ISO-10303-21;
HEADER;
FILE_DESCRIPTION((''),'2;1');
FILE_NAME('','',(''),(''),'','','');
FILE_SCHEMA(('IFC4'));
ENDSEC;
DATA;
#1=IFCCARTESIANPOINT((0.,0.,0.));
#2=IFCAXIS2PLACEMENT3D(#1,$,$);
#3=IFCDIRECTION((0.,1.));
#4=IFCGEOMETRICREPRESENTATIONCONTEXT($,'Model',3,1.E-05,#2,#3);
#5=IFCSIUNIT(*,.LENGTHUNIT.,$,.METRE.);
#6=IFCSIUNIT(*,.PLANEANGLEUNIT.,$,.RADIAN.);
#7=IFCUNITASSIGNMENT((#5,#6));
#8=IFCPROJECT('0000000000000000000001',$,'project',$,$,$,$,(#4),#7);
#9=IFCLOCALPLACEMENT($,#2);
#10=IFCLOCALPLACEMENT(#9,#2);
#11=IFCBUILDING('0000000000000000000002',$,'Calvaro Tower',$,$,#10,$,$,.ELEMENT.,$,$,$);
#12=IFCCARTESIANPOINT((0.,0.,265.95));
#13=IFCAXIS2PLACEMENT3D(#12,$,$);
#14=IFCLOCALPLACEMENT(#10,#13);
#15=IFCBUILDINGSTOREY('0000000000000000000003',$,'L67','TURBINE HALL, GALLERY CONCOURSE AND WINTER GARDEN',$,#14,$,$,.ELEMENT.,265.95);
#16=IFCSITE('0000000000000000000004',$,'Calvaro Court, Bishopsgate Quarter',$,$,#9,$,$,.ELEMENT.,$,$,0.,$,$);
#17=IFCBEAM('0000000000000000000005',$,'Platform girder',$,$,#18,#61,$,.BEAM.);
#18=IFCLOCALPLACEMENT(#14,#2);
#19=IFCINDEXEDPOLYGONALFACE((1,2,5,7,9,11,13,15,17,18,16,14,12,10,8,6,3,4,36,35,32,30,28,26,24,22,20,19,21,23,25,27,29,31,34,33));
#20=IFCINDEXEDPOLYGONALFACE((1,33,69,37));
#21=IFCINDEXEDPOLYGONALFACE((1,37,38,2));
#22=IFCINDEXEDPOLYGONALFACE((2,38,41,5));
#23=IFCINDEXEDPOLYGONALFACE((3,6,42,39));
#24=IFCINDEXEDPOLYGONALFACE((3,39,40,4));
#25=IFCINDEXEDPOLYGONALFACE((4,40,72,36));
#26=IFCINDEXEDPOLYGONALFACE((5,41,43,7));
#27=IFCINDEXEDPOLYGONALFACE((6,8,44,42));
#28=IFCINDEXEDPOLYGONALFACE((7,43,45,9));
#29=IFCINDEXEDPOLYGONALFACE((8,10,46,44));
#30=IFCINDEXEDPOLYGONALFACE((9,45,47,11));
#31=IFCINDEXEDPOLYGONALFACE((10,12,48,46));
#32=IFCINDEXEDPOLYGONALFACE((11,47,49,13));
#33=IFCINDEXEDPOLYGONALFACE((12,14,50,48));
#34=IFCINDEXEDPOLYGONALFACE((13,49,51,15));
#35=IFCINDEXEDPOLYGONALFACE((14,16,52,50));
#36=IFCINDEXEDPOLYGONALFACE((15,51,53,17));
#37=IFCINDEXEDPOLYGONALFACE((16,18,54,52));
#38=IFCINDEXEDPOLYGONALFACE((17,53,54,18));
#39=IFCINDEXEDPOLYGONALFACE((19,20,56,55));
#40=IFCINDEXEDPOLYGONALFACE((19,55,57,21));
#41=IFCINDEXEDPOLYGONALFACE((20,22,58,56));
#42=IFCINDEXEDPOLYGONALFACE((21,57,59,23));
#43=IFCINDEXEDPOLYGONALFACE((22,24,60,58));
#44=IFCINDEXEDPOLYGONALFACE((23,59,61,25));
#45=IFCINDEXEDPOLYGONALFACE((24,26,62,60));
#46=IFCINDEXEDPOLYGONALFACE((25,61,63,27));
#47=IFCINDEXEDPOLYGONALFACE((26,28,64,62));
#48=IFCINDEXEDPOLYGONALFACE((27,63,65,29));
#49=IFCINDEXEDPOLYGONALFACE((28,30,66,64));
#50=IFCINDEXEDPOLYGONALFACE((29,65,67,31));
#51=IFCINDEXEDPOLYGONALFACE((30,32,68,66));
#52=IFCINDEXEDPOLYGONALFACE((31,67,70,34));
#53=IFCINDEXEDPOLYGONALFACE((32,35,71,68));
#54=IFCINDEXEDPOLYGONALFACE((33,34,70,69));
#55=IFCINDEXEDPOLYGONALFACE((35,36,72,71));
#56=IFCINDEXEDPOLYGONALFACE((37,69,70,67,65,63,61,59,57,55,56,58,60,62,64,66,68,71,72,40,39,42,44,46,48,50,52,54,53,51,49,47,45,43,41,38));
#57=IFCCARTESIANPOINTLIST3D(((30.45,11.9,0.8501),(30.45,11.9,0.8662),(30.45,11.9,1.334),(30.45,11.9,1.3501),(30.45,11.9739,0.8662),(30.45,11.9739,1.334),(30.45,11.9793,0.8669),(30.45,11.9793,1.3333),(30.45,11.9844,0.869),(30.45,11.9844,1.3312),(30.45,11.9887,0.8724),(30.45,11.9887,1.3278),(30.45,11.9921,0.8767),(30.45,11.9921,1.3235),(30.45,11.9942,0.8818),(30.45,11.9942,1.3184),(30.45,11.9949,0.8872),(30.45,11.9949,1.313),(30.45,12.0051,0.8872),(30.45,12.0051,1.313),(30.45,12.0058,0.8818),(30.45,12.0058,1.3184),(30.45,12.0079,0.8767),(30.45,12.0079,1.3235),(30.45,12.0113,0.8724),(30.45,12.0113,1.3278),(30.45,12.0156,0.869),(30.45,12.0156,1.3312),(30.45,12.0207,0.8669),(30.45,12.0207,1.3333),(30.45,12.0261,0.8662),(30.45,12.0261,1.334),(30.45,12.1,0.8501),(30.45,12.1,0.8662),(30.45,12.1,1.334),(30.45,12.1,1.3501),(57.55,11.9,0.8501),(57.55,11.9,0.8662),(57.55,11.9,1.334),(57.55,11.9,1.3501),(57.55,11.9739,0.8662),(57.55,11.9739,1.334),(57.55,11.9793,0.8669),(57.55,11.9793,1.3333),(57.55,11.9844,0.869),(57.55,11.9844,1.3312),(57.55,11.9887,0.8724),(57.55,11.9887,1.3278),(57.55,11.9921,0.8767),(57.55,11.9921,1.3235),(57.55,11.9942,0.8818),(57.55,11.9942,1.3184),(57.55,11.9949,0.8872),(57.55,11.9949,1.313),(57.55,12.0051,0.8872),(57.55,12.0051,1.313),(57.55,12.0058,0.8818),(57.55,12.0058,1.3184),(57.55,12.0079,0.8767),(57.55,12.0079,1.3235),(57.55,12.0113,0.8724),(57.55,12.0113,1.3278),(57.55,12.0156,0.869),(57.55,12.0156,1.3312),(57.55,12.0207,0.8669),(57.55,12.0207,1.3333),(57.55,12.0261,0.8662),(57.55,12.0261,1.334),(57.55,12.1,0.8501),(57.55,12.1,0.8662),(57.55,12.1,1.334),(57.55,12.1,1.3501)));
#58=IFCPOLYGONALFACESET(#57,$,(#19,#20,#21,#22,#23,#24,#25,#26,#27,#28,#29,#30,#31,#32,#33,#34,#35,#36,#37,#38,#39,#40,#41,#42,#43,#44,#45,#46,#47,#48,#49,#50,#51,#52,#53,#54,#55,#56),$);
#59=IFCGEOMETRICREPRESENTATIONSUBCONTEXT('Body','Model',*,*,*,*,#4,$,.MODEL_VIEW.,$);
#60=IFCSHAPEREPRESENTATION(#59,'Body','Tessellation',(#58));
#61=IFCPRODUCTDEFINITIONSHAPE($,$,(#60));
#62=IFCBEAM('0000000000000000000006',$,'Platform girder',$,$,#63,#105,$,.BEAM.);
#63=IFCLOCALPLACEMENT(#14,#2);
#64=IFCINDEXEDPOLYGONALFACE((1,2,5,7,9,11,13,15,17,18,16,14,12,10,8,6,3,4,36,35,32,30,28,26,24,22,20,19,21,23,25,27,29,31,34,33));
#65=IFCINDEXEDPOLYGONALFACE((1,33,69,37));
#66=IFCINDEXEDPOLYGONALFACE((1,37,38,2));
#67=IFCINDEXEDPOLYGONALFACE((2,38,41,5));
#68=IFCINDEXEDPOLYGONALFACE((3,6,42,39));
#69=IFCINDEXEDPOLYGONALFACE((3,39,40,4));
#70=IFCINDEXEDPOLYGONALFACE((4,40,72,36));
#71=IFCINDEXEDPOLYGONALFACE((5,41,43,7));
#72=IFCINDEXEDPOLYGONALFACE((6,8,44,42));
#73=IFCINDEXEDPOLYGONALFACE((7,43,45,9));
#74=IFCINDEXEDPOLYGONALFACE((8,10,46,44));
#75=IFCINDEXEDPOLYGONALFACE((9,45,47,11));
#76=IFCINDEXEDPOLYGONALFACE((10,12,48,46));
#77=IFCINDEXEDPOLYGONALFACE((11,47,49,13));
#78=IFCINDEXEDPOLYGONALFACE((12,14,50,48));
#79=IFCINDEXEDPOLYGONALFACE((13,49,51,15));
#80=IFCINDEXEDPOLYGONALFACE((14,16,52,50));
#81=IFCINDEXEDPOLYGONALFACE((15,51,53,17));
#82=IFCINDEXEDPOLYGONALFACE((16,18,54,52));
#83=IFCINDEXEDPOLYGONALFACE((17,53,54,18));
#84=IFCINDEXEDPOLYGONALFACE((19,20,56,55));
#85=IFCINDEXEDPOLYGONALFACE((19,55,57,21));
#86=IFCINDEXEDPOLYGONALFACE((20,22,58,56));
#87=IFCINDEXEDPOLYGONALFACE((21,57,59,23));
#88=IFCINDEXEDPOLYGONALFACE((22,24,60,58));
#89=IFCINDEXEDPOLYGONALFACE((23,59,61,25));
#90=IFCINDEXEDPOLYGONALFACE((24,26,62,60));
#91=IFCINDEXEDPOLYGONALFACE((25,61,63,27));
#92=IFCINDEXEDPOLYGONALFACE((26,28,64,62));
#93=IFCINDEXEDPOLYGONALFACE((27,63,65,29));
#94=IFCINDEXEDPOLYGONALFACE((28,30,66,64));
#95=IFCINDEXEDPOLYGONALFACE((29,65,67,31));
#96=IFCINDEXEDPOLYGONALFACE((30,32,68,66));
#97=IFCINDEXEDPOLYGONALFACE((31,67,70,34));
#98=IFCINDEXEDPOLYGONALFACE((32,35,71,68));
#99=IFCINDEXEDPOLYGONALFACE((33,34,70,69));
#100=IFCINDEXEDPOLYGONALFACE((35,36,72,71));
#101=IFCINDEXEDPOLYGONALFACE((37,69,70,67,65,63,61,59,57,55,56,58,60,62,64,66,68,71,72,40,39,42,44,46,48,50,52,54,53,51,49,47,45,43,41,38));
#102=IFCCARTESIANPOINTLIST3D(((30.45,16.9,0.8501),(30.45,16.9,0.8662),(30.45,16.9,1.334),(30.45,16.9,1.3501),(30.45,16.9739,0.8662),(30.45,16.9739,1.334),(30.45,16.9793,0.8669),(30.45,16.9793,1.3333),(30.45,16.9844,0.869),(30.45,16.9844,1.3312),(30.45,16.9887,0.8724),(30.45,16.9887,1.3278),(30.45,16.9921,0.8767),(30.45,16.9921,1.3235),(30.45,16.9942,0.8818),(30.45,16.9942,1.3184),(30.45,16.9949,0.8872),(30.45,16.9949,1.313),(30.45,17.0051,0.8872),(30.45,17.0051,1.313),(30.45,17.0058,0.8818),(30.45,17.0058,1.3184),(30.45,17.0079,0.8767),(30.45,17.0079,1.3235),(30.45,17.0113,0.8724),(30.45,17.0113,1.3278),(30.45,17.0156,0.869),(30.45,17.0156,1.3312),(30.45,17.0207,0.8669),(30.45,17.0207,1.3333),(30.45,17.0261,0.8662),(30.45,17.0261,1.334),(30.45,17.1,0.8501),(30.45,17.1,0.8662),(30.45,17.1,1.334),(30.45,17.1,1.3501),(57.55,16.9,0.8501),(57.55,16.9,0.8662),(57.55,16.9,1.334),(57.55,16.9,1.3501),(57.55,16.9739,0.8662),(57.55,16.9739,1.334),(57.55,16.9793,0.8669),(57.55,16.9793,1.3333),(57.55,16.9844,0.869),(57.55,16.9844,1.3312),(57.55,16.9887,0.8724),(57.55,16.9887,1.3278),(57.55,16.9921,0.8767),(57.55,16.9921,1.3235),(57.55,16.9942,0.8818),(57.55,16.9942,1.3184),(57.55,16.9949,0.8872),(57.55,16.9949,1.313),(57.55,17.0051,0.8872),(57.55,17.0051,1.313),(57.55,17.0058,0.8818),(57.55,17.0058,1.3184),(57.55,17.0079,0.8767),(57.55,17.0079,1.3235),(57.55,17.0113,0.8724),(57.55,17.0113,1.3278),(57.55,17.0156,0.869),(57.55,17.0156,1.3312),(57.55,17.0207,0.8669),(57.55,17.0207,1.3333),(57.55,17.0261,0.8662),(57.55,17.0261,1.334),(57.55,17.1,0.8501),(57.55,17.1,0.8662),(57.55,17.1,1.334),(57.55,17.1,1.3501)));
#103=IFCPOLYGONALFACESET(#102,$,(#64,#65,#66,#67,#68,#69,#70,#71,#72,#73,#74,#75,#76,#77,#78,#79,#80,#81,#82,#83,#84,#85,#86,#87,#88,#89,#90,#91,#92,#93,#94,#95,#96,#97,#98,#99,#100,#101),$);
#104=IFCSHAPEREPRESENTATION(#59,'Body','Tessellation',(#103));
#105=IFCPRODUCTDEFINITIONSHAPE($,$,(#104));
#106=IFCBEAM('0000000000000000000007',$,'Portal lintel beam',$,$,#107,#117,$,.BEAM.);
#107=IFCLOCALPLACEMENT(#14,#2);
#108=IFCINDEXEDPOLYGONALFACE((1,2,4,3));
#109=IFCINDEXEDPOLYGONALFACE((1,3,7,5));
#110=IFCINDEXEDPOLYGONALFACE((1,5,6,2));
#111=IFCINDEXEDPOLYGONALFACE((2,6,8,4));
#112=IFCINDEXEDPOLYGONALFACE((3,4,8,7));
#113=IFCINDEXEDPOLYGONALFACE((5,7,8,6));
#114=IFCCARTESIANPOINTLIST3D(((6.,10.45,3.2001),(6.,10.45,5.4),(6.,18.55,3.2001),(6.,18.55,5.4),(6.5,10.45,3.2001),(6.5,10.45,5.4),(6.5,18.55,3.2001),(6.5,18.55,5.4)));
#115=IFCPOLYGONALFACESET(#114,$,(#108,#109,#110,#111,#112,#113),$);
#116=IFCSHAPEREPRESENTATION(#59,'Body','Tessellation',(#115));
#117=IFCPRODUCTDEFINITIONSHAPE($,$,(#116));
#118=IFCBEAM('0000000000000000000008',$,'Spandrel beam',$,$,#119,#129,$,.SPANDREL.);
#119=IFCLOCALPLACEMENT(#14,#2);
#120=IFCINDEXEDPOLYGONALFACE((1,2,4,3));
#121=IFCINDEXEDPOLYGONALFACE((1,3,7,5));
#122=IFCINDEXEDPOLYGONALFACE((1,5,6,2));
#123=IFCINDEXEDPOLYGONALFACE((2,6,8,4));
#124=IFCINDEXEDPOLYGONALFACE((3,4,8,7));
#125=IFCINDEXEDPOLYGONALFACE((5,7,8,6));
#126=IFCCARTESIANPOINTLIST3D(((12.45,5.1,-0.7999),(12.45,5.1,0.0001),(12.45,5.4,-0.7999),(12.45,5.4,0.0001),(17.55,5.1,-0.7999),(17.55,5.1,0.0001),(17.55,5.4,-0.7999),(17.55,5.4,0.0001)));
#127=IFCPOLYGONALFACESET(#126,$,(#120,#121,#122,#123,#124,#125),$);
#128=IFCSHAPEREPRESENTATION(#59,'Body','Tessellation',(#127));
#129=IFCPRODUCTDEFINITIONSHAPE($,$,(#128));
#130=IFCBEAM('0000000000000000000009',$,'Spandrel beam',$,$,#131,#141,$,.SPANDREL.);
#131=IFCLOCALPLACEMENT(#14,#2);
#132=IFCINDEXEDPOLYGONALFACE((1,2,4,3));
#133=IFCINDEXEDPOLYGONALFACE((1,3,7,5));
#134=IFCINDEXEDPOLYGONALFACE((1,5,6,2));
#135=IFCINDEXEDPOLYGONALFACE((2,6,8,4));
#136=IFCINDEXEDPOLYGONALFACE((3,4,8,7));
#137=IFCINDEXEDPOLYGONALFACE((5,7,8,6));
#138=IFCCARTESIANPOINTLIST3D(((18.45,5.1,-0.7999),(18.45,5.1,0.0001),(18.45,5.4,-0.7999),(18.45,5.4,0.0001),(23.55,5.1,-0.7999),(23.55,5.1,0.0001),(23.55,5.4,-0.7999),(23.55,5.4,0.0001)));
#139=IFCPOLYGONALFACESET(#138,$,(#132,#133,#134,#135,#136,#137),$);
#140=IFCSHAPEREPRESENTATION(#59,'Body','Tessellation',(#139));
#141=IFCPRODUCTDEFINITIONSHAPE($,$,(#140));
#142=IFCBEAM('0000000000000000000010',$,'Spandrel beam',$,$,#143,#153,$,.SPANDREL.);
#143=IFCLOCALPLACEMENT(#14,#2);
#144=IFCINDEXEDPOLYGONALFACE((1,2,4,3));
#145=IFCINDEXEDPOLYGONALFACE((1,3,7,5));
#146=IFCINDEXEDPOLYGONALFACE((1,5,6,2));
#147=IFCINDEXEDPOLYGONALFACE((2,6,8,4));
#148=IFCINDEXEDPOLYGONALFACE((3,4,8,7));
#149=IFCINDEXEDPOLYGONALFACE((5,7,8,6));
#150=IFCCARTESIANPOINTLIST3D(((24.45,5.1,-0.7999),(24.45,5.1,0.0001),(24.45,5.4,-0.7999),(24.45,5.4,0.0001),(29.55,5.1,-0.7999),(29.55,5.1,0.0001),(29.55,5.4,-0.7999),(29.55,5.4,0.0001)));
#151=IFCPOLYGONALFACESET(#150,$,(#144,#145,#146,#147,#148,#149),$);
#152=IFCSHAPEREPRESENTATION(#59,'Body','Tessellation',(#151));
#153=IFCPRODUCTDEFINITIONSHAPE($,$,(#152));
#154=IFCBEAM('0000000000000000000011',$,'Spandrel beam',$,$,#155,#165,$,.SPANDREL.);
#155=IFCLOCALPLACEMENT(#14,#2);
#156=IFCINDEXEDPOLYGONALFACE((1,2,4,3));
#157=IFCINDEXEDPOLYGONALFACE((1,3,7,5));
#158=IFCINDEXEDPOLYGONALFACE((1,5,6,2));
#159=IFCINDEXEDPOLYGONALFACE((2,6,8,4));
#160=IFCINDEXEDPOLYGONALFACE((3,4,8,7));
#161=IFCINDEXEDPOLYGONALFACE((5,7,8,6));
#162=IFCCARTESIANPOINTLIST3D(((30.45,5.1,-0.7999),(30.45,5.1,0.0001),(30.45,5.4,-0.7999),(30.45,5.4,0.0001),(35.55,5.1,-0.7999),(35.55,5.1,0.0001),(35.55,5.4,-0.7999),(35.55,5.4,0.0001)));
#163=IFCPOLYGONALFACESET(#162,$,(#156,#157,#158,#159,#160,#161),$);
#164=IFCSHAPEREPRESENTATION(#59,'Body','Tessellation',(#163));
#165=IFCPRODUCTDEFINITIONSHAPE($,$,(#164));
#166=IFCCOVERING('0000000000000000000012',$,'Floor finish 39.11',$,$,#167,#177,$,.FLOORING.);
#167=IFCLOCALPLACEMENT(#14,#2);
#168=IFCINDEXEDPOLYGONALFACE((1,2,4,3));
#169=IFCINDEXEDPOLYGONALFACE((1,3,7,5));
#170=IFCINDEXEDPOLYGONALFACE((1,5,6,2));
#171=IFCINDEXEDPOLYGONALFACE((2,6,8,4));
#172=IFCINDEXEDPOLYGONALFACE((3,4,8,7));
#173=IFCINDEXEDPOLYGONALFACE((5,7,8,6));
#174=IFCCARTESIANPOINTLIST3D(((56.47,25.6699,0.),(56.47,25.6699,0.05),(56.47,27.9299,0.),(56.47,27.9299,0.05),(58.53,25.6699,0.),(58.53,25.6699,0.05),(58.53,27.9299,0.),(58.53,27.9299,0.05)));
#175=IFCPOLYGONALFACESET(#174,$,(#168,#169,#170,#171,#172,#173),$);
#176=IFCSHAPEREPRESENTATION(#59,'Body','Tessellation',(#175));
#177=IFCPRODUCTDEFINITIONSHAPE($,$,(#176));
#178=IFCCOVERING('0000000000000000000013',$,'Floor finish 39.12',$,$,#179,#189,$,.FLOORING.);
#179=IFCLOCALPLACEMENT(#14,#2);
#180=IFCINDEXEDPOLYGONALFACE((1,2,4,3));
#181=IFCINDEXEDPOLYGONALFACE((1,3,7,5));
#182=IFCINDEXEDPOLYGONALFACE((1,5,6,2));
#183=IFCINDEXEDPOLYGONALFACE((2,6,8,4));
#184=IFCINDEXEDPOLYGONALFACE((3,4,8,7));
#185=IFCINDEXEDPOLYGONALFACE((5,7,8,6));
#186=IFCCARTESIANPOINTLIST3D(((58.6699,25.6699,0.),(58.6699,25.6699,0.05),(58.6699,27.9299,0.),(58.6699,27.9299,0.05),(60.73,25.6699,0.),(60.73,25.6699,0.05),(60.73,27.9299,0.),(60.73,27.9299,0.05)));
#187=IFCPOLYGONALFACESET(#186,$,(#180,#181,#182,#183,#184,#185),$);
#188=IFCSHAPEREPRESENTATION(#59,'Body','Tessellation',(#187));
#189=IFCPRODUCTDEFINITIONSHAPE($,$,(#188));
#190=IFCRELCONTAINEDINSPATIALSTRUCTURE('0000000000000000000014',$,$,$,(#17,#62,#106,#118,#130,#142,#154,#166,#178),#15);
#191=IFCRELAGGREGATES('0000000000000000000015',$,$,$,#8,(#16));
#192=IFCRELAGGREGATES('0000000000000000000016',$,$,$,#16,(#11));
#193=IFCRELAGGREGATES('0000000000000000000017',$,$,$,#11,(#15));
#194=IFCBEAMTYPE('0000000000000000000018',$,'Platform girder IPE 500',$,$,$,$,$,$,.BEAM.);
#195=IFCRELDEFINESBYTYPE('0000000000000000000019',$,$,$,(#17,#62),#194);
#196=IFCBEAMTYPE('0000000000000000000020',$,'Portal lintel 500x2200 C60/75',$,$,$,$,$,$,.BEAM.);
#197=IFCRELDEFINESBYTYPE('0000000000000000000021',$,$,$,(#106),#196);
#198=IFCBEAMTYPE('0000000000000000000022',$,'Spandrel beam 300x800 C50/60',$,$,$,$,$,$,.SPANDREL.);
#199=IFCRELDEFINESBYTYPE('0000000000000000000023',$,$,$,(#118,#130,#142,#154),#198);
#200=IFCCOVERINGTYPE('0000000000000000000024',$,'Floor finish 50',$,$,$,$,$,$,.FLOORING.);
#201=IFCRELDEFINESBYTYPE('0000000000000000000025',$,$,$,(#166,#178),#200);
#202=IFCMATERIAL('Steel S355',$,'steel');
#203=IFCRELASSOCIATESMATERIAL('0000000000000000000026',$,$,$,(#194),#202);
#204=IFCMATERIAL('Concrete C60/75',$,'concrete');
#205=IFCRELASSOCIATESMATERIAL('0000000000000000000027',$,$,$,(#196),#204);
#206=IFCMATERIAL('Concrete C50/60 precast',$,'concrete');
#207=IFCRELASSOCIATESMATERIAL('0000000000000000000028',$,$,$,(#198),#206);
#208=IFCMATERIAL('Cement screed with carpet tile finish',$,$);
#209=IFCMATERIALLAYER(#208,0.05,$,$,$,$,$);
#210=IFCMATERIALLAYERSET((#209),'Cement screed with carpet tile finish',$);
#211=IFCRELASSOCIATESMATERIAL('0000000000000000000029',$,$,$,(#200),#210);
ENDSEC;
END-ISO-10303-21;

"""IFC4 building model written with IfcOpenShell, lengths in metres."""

from ifc_helpers import new_model, si_unit, direction, frame, origin, origin_2d, place, context, subcontext, project, spatial, polyline, rectangle, i_section, outline, extrude, material, layer, layer_set, material_profile, profile_set, type_object, element, save


model = new_model("IFC4")

# Units and contexts
model_context = context("Model", 3, precision=1e-05, world=origin(), true_north=direction((0.0, 1.0)))
body_context = subcontext(model_context, "Body", "Model", "MODEL_VIEW")
ifc_project = project(units=[si_unit("LENGTHUNIT", "METRE"), si_unit("PLANEANGLEUNIT", "RADIAN")], contexts=[model_context])

# Site, building, storey
site_placement = place(None, origin())
site = spatial("IfcSite", under=ifc_project, at=site_placement, Name="Calvaro Court, Bishopsgate Quarter", CompositionType="ELEMENT", RefElevation=0.0)
building_placement = place(site_placement, origin())
building = spatial("IfcBuilding", under=site, at=building_placement, Name="Calvaro Tower", CompositionType="ELEMENT")
storey_placement = place(building_placement, frame((0.0, 0.0, 265.95)))
storey = spatial("IfcBuildingStorey", under=building, at=storey_placement, Name="L67", Description="TURBINE HALL, GALLERY CONCOURSE AND WINTER GARDEN", CompositionType="ELEMENT", Elevation=265.95)

# Beams
ifc_material_1 = material(Name="Steel S355", Category="steel")
ifc_material_profile_1 = material_profile(ifc_material_1, i_section(OverallWidth=0.2, OverallDepth=0.5, WebThickness=0.0103, FlangeThickness=0.0161, FilletRadius=0.021, at=origin_2d()), Name="IPE 500")
ifc_profile_set_1 = profile_set([ifc_material_profile_1], Name="Steel S355")
beam_type_1 = type_object("IfcBeamType", Name="Platform girder IPE 500", PredefinedType="BEAM", material=ifc_profile_set_1)
for number, where, z_axis, x_axis, name in (
    (1, (30.45, 12.0, 1.1001), (1.0, 0.0, 0.0), (0.0, 1.0, 0.0), "Platform girder"),
    (2, (30.45, 17.0, 1.1001), (1.0, 0.0, 0.0), (0.0, 1.0, 0.0), "Platform girder"),
):
    element("IfcBeam", number, at=place(storey_placement, frame(where, z_axis=z_axis, x_axis=x_axis)), inside=storey, type_object=beam_type_1, Name=name, PredefinedType="BEAM", context=body_context, shape_type="SweptSolid", body=[
        extrude(i_section(OverallWidth=0.2, OverallDepth=0.5, WebThickness=0.0103, FlangeThickness=0.0161, FilletRadius=0.021, at=origin_2d()), origin(), (0.0, 0.0, 1.0), 27.1001),
    ])
ifc_material_2 = material(Name="Concrete C60/75", Category="concrete")
ifc_material_profile_2 = material_profile(ifc_material_2, rectangle(XDim=0.5, YDim=2.2, at=origin_2d()), Name="RC 500x2200")
ifc_profile_set_2 = profile_set([ifc_material_profile_2], Name="Concrete C60/75")
beam_type_2 = type_object("IfcBeamType", Name="Portal lintel 500x2200 C60/75", PredefinedType="BEAM", material=ifc_profile_set_2)
beam_1_placement = place(storey_placement, frame((6.25, 10.45, 4.3), z_axis=(0.0, 1.0, 0.0), x_axis=(-1.0, 0.0, 0.0)))
element("IfcBeam", 3, at=beam_1_placement, inside=storey, type_object=beam_type_2, Name="Portal lintel beam", PredefinedType="BEAM", context=body_context, shape_type="SweptSolid", body=[
    extrude(rectangle(XDim=0.5, YDim=2.2, at=origin_2d()), origin(), (0.0, 0.0, 1.0), 8.1001),
])
ifc_material_3 = material(Name="Concrete C50/60 precast", Category="concrete")
ifc_material_profile_3 = material_profile(ifc_material_3, rectangle(XDim=0.3, YDim=0.8, at=origin_2d()), Name="RC 300x800")
ifc_profile_set_3 = profile_set([ifc_material_profile_3], Name="Concrete C50/60 precast")
beam_type_3 = type_object("IfcBeamType", Name="Spandrel beam 300x800 C50/60", PredefinedType="SPANDREL", material=ifc_profile_set_3)
for number, where, z_axis, x_axis, name in (
    (4, (12.45, 5.25, -0.3999), (1.0, 0.0, 0.0), (0.0, 1.0, 0.0), "Spandrel beam"),
    (5, (18.45, 5.25, -0.3999), (1.0, 0.0, 0.0), (0.0, 1.0, 0.0), "Spandrel beam"),
    (6, (24.45, 5.25, -0.3999), (1.0, 0.0, 0.0), (0.0, 1.0, 0.0), "Spandrel beam"),
    (7, (30.45, 5.25, -0.3999), (1.0, 0.0, 0.0), (0.0, 1.0, 0.0), "Spandrel beam"),
):
    element("IfcBeam", number, at=place(storey_placement, frame(where, z_axis=z_axis, x_axis=x_axis)), inside=storey, type_object=beam_type_3, Name=name, PredefinedType="SPANDREL", context=body_context, shape_type="SweptSolid", body=[
        extrude(rectangle(XDim=0.3, YDim=0.8, at=origin_2d()), origin(), (0.0, 0.0, 1.0), 5.1001),
    ])

# Coverings
ifc_material_4 = material(Name="Cement screed with carpet tile finish")
ifc_layer = layer(ifc_material_4, 0.05)
ifc_layer_set = layer_set([ifc_layer], Name="Cement screed with carpet tile finish")
covering_type = type_object("IfcCoveringType", Name="Floor finish 50", PredefinedType="FLOORING", material=ifc_layer_set)
covering_1_placement = place(storey_placement, origin())
element("IfcCovering", 8, at=covering_1_placement, inside=storey, type_object=covering_type, Name="Floor finish 39.11", PredefinedType="FLOORING", context=body_context, shape_type="SweptSolid", body=[
    extrude(outline(polyline([(56.47, 27.9299), (58.53, 27.9299), (58.53, 25.6699), (56.47, 25.6699), (56.47, 27.9299)])), origin(), (0.0, 0.0, 1.0), 0.05),
])
covering_2_placement = place(storey_placement, origin())
element("IfcCovering", 9, at=covering_2_placement, inside=storey, type_object=covering_type, Name="Floor finish 39.12", PredefinedType="FLOORING", context=body_context, shape_type="SweptSolid", body=[
    extrude(outline(polyline([(58.6699, 27.9299), (60.73, 27.9299), (60.73, 25.6699), (58.6699, 25.6699), (58.6699, 27.9299)])), origin(), (0.0, 0.0, 1.0), 0.05),
])

save(model, "model.ifc")
